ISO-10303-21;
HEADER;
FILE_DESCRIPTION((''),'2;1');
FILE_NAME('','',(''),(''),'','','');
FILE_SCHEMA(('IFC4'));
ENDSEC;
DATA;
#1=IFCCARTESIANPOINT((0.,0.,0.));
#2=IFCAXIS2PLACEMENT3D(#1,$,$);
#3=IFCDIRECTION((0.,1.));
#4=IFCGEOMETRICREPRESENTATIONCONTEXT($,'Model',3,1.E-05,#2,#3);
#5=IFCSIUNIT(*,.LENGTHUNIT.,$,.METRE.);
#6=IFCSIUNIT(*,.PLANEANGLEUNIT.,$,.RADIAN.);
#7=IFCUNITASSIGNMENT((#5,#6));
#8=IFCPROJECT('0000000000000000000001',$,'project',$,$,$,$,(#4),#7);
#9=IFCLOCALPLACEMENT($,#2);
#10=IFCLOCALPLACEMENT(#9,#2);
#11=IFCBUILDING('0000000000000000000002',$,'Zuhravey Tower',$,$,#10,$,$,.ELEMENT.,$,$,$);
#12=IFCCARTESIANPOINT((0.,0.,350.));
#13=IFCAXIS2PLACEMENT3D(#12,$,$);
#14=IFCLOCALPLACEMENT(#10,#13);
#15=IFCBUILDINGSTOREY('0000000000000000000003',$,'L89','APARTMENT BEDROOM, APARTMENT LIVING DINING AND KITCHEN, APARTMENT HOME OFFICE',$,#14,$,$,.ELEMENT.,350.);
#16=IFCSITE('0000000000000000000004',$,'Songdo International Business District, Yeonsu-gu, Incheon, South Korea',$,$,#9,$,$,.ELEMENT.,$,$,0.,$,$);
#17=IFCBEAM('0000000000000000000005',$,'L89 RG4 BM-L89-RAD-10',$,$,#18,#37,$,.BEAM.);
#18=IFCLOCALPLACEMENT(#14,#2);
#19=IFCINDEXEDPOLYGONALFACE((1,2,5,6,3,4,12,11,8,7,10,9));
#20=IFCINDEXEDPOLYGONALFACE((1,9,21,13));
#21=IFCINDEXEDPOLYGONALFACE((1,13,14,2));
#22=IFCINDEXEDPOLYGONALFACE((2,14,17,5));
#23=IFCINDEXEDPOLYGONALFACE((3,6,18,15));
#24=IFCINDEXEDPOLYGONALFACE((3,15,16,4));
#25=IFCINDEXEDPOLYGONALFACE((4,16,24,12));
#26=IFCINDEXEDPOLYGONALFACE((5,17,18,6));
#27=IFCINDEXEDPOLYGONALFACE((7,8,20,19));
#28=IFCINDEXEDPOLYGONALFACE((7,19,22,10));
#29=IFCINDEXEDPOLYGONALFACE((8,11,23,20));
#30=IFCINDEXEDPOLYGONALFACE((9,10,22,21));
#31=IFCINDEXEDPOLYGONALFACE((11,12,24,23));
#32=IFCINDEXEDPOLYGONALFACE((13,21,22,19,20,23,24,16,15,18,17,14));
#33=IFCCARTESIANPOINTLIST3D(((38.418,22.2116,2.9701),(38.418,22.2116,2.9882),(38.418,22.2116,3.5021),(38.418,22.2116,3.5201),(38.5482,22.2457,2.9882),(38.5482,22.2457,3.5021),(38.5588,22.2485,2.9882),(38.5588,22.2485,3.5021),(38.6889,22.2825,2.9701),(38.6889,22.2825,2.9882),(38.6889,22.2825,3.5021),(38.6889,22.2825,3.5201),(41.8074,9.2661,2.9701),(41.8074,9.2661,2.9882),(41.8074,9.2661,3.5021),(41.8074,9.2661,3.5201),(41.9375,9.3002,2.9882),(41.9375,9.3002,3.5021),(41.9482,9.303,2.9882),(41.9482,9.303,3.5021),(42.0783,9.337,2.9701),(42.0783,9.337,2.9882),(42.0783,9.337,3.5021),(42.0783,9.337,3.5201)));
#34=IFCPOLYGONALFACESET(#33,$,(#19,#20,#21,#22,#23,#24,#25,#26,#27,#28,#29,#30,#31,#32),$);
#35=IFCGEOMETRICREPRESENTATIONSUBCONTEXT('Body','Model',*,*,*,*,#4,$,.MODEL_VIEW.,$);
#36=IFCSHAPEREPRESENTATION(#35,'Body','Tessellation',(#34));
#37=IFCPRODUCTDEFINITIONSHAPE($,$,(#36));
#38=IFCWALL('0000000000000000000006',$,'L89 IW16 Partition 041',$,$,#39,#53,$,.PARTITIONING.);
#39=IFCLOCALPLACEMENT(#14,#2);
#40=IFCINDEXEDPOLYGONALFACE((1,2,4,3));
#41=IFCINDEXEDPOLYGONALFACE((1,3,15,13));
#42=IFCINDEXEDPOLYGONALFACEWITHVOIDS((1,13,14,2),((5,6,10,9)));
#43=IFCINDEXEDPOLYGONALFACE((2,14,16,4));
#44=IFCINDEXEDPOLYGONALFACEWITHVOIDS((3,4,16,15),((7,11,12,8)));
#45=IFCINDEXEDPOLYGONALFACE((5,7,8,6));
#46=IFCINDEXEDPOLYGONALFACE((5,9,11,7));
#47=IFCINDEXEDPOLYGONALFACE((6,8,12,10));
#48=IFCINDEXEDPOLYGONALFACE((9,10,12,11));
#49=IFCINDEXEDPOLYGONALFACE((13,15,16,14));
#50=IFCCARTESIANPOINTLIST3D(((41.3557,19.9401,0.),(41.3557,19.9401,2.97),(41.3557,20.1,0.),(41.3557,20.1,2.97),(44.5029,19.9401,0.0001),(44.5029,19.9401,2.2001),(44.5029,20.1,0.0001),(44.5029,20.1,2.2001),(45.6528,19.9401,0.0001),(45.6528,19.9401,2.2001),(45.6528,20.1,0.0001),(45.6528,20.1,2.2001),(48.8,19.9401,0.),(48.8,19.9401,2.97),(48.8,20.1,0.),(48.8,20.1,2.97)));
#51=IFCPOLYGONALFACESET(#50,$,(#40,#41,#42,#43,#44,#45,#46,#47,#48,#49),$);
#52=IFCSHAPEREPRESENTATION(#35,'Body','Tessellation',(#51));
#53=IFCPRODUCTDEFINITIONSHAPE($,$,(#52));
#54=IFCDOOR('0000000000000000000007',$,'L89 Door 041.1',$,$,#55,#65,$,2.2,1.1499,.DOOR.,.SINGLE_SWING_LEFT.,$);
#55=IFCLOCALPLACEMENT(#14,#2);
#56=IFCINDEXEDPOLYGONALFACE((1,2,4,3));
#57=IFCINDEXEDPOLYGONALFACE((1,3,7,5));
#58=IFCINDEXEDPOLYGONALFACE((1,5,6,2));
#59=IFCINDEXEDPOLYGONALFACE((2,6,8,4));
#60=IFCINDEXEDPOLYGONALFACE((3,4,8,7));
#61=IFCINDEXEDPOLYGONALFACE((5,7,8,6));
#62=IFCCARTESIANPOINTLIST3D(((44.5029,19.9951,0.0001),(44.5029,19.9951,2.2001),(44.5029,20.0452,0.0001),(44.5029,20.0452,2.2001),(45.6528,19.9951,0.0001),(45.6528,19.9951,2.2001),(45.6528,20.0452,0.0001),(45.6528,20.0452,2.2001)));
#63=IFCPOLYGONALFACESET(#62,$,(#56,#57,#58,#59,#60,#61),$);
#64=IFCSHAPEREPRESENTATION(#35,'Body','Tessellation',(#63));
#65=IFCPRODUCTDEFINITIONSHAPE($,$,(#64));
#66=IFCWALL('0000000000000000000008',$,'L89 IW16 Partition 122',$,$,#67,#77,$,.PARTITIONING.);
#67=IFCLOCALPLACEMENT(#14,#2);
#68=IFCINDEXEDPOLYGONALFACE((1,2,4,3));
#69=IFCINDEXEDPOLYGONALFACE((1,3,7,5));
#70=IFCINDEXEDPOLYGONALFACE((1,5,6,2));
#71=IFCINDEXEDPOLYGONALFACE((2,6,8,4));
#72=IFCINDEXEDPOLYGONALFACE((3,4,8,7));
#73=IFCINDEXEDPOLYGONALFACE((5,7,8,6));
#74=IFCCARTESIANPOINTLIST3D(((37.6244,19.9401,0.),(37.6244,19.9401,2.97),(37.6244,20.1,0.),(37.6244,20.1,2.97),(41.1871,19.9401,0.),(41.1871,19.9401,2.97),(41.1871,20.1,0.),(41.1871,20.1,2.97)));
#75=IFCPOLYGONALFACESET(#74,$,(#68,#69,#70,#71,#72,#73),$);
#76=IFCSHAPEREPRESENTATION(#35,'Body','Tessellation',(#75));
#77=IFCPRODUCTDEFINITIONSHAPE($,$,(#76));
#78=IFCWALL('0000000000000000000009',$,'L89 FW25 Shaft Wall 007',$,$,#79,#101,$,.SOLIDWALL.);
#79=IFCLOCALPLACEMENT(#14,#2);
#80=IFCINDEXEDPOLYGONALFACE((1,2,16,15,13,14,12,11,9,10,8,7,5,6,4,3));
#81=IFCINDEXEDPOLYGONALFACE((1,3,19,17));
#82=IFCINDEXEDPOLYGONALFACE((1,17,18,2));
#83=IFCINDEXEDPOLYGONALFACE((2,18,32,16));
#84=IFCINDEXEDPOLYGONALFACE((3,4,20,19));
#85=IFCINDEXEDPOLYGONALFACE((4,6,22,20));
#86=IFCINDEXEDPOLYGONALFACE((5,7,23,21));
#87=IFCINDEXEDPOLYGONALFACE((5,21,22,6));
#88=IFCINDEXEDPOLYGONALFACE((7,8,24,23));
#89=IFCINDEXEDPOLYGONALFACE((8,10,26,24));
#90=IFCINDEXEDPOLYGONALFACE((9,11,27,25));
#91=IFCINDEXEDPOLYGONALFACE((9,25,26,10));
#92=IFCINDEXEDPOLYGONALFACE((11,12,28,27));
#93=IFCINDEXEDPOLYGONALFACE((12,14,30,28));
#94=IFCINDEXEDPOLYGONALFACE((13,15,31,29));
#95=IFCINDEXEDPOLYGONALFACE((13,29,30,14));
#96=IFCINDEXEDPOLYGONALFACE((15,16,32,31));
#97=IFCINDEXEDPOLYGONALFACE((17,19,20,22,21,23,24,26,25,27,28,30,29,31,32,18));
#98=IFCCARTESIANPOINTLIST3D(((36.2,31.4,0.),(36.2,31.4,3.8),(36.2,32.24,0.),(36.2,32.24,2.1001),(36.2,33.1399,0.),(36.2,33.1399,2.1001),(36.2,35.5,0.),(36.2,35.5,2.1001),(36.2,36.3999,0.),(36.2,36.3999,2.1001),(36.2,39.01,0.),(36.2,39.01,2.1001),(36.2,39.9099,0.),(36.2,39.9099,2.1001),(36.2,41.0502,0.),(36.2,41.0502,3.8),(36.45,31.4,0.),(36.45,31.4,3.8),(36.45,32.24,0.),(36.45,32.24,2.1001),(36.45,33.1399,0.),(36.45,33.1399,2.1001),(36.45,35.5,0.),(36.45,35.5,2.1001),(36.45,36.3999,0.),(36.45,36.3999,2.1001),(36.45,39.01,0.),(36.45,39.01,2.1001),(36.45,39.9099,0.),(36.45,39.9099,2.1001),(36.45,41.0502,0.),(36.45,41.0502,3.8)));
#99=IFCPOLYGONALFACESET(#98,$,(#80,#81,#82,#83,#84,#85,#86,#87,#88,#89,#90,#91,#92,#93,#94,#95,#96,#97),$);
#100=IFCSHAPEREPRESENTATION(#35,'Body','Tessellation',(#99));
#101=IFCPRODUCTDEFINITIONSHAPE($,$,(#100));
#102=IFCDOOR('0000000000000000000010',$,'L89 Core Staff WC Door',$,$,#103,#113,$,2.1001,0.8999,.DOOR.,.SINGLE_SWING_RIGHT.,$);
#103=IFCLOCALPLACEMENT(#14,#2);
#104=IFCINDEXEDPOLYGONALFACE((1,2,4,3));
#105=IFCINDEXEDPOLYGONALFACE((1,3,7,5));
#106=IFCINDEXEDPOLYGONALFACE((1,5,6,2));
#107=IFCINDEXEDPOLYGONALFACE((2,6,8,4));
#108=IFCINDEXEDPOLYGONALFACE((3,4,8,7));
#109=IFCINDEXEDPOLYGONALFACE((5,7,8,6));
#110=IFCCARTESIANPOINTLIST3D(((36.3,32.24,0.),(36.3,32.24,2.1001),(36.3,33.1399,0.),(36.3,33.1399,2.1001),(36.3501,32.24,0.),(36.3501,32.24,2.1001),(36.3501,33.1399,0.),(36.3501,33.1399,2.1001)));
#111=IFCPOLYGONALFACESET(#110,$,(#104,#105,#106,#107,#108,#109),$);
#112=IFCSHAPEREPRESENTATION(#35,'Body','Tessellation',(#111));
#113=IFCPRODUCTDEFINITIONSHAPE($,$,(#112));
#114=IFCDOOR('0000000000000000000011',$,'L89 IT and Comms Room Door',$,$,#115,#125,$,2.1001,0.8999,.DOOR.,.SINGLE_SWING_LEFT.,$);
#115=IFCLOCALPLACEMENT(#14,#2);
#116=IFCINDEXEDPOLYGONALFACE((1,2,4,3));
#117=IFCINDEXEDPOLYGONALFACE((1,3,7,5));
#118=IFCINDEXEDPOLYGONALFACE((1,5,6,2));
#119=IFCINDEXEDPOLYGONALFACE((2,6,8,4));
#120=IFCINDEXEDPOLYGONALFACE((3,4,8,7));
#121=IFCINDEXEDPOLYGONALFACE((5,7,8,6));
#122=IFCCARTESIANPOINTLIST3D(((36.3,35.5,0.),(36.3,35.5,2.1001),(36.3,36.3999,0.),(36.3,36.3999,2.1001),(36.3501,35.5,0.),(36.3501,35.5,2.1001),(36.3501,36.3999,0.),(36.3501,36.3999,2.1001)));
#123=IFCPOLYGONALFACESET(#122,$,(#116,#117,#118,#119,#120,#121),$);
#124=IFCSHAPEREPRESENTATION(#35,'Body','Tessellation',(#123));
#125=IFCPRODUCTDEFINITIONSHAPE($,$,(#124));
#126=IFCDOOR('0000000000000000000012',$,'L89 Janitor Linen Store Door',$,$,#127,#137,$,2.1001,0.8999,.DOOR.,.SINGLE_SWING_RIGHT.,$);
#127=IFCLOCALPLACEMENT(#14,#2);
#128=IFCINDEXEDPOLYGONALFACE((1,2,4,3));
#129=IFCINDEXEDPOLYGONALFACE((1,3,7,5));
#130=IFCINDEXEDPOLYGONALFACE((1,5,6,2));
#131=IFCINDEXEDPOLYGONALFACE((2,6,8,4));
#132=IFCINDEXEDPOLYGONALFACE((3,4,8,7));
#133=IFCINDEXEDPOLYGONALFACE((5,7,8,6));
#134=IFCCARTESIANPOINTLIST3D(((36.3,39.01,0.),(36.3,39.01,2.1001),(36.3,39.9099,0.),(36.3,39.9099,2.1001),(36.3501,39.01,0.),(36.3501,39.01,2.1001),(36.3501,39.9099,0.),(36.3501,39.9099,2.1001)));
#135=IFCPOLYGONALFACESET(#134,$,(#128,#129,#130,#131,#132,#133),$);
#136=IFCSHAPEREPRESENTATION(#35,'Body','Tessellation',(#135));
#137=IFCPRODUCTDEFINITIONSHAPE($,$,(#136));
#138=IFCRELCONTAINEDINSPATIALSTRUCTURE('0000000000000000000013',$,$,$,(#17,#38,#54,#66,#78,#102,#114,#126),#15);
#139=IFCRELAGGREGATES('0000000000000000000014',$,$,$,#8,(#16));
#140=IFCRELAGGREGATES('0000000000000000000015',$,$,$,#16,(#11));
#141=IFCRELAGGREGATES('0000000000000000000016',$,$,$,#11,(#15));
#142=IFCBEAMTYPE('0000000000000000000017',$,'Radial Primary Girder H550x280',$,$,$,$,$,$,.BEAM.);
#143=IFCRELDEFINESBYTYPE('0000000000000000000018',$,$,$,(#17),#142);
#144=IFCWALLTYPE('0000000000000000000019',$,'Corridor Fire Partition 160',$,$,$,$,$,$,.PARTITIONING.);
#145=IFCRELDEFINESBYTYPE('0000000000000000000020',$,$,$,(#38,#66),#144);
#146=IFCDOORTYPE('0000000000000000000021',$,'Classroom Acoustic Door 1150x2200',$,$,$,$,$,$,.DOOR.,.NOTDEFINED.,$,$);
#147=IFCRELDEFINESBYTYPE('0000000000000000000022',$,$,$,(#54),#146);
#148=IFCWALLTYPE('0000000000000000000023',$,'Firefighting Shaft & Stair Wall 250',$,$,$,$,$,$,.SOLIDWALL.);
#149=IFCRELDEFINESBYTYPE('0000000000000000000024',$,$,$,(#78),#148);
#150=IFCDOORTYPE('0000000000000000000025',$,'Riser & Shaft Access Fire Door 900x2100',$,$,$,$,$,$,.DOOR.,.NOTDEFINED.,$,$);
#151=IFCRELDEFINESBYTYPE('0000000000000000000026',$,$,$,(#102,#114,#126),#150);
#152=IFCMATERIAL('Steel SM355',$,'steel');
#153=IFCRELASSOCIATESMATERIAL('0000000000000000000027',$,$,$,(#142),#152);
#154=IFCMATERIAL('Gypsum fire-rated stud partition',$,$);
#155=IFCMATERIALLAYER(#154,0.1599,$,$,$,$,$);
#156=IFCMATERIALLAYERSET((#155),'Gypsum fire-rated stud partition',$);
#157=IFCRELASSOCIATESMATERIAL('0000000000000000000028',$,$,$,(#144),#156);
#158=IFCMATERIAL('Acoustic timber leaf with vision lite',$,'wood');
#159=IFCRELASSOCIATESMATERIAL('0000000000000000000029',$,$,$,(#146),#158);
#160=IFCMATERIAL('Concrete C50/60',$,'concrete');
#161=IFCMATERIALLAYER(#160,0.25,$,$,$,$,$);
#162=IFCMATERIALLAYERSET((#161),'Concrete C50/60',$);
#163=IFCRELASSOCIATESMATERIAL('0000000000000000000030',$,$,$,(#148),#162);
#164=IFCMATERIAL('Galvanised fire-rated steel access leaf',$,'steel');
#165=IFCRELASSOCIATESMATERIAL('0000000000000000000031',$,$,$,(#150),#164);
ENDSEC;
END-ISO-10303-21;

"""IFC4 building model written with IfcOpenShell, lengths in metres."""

from ifc_helpers import new_model, si_unit, direction, frame, frame_2d, origin, origin_2d, place, context, subcontext, project, spatial, rectangle, i_section, extrude, material, layer, layer_set, material_profile, profile_set, type_object, element, fill, save


model = new_model("IFC4")

# Units and contexts
model_context = context("Model", 3, precision=1e-05, world=origin(), true_north=direction((0.0, 1.0)))
body_context = subcontext(model_context, "Body", "Model", "MODEL_VIEW")
ifc_project = project(units=[si_unit("LENGTHUNIT", "METRE"), si_unit("PLANEANGLEUNIT", "RADIAN")], contexts=[model_context])

# Site, building, storey
site_placement = place(None, origin())
site = spatial("IfcSite", under=ifc_project, at=site_placement, Name="Songdo International Business District, Yeonsu-gu, Incheon, South Korea", CompositionType="ELEMENT", RefElevation=0.0)
building_placement = place(site_placement, origin())
building = spatial("IfcBuilding", under=site, at=building_placement, Name="Zuhravey Tower", CompositionType="ELEMENT")
storey_placement = place(building_placement, frame((0.0, 0.0, 350.0)))
storey = spatial("IfcBuildingStorey", under=building, at=storey_placement, Name="L89", Description="APARTMENT BEDROOM, APARTMENT LIVING DINING AND KITCHEN, APARTMENT HOME OFFICE", CompositionType="ELEMENT", Elevation=350.0)

# Beam
ifc_material_1 = material(Name="Steel SM355", Category="steel")
ifc_material_profile = material_profile(ifc_material_1, i_section(OverallWidth=0.28, OverallDepth=0.55, WebThickness=0.011, FlangeThickness=0.0181, at=origin_2d()), Name="H-550x280x11x18")
ifc_profile_set = profile_set([ifc_material_profile], Name="Steel SM355")
beam_type = type_object("IfcBeamType", Name="Radial Primary Girder H550x280", PredefinedType="BEAM", material=ifc_profile_set)
beam_placement = place(storey_placement, frame((38.5535, 22.2471, 3.2451), z_axis=(0.253283, -0.967392, 0.0), x_axis=(0.967392, 0.253283, 0.0)))
element("IfcBeam", 1, at=beam_placement, inside=storey, type_object=beam_type, Name="L89 RG4 BM-L89-RAD-10", PredefinedType="BEAM", context=body_context, shape_type="SweptSolid", body=[
    extrude(i_section(OverallWidth=0.28, OverallDepth=0.55, WebThickness=0.011, FlangeThickness=0.0181, at=origin_2d()), origin(), (0.0, 0.0, 1.0), 13.3818),
])

# Wall, opening, door
ifc_material_2 = material(Name="Concrete C50/60", Category="concrete")
ifc_material_3 = material(Name="Gypsum fire-rated stud partition")
ifc_layer_1 = layer(ifc_material_3, 0.1599)
ifc_layer_set_1 = layer_set([ifc_layer_1], Name="Gypsum fire-rated stud partition")
wall_type_1 = type_object("IfcWallType", Name="Corridor Fire Partition 160", PredefinedType="PARTITIONING", material=ifc_layer_set_1)
wall_1_placement = place(storey_placement, frame((41.3557, 20.02, 0.0), z_axis=(0.0, 0.0, 1.0), x_axis=(1.0, 0.0, 0.0)))
wall_1 = element("IfcWall", 2, at=wall_1_placement, inside=storey, type_object=wall_type_1, Name="L89 IW16 Partition 041", PredefinedType="PARTITIONING", context=body_context, shape_type="SweptSolid", body=[
    extrude(rectangle(XDim=7.4443, YDim=0.1599, at=frame_2d((3.7222, 0.0))), origin(), (0.0, 0.0, 1.0), 2.97),
])
opening_1_placement = place(wall_1_placement, frame((3.1472, 0.0, 0.0)))
opening_1 = element("IfcOpeningElement", 3, at=opening_1_placement, cuts=wall_1, PredefinedType="OPENING", context=body_context, shape_type="SweptSolid", body=[
    extrude(rectangle(XDim=1.1499, YDim=2.2, at=frame_2d((0.575, 1.1001))), frame((0.0, 0.092, 0.0), z_axis=(0.0, -1.0, 0.0), x_axis=(1.0, 0.0, 0.0)), (0.0, 0.0, 1.0), 0.1838),
])
ifc_material_4 = material(Name="Acoustic timber leaf with vision lite", Category="wood")
door_type_1 = type_object("IfcDoorType", Name="Classroom Acoustic Door 1150x2200", OperationType="NOTDEFINED", PredefinedType="DOOR", material=ifc_material_4)
door_1_placement = place(opening_1_placement, frame((1.1499, 0.0, 0.0), z_axis=(0.0, 0.0, 1.0), x_axis=(-1.0, 0.0, 0.0)))
door_1 = element("IfcDoor", 4, at=door_1_placement, inside=storey, type_object=door_type_1, Name="L89 Door 041.1", OperationType="SINGLE_SWING_LEFT", OverallHeight=2.2, OverallWidth=1.1499, PredefinedType="DOOR", context=body_context, shape_type="SweptSolid", body=[
    extrude(rectangle(XDim=1.1499, YDim=2.2, at=frame_2d((0.575, 1.1001))), frame((0.0, 0.0249, 0.0), z_axis=(0.0, -1.0, 0.0), x_axis=(1.0, 0.0, 0.0)), (0.0, 0.0, 1.0), 0.05),
])
fill(opening_1, door_1)

# Wall
wall_2_placement = place(storey_placement, frame((37.6245, 20.02, 0.0), z_axis=(0.0, 0.0, 1.0), x_axis=(1.0, 0.0, 0.0)))
element("IfcWall", 5, at=wall_2_placement, inside=storey, type_object=wall_type_1, Name="L89 IW16 Partition 122", PredefinedType="PARTITIONING", context=body_context, shape_type="SweptSolid", body=[
    extrude(rectangle(XDim=3.5627, YDim=0.1599, at=frame_2d((1.7812, 0.0))), origin(), (0.0, 0.0, 1.0), 2.97),
])

# Wall, openings, doors
ifc_layer_2 = layer(ifc_material_2, 0.25)
ifc_layer_set_2 = layer_set([ifc_layer_2], Name="Concrete C50/60")
wall_type_2 = type_object("IfcWallType", Name="Firefighting Shaft & Stair Wall 250", PredefinedType="SOLIDWALL", material=ifc_layer_set_2)
wall_3_placement = place(storey_placement, frame((36.325, 31.3999, 0.0), z_axis=(0.0, 0.0, 1.0), x_axis=(0.0, 1.0, 0.0)))
wall_3 = element("IfcWall", 6, at=wall_3_placement, inside=storey, type_object=wall_type_2, Name="L89 FW25 Shaft Wall 007", PredefinedType="SOLIDWALL", context=body_context, shape_type="SweptSolid", body=[
    extrude(rectangle(XDim=9.6501, YDim=0.25, at=frame_2d((4.8252, 0.0))), origin(), (0.0, 0.0, 1.0), 3.8),
])
opening_2_placement = place(wall_3_placement, frame((0.8401, 0.0, 0.0)))
opening_2 = element("IfcOpeningElement", 7, at=opening_2_placement, cuts=wall_3, PredefinedType="OPENING", context=body_context, shape_type="SweptSolid", body=[
    extrude(rectangle(XDim=0.8999, YDim=2.1001, at=frame_2d((0.45, 1.05))), frame((0.0, 0.137, 0.0), z_axis=(0.0, -1.0, 0.0), x_axis=(1.0, 0.0, 0.0)), (0.0, 0.0, 1.0), 0.2739),
])
opening_3_placement = place(wall_3_placement, frame((4.1001, 0.0, 0.0)))
opening_3 = element("IfcOpeningElement", 8, at=opening_3_placement, cuts=wall_3, PredefinedType="OPENING", context=body_context, shape_type="SweptSolid", body=[
    extrude(rectangle(XDim=0.8999, YDim=2.1001, at=frame_2d((0.45, 1.05))), frame((0.0, 0.137, 0.0), z_axis=(0.0, -1.0, 0.0), x_axis=(1.0, 0.0, 0.0)), (0.0, 0.0, 1.0), 0.2739),
])
opening_4_placement = place(wall_3_placement, frame((7.6101, 0.0, 0.0)))
opening_4 = element("IfcOpeningElement", 9, at=opening_4_placement, cuts=wall_3, PredefinedType="OPENING", context=body_context, shape_type="SweptSolid", body=[
    extrude(rectangle(XDim=0.8999, YDim=2.1001, at=frame_2d((0.45, 1.05))), frame((0.0, 0.137, 0.0), z_axis=(0.0, -1.0, 0.0), x_axis=(1.0, 0.0, 0.0)), (0.0, 0.0, 1.0), 0.2739),
])
ifc_material_5 = material(Name="Galvanised fire-rated steel access leaf", Category="steel")
door_type_2 = type_object("IfcDoorType", Name="Riser & Shaft Access Fire Door 900x2100", OperationType="NOTDEFINED", PredefinedType="DOOR", material=ifc_material_5)
door_2_placement = place(opening_2_placement, origin())
door_2 = element("IfcDoor", 10, at=door_2_placement, inside=storey, type_object=door_type_2, Name="L89 Core Staff WC Door", OperationType="SINGLE_SWING_RIGHT", OverallHeight=2.1001, OverallWidth=0.8999, PredefinedType="DOOR", context=body_context, shape_type="SweptSolid", body=[
    extrude(rectangle(XDim=0.8999, YDim=2.1001, at=frame_2d((0.45, 1.05))), frame((0.0, 0.0249, 0.0), z_axis=(0.0, -1.0, 0.0), x_axis=(1.0, 0.0, 0.0)), (0.0, 0.0, 1.0), 0.05),
])
fill(opening_2, door_2)
door_3_placement = place(opening_3_placement, origin())
door_3 = element("IfcDoor", 11, at=door_3_placement, inside=storey, type_object=door_type_2, Name="L89 IT and Comms Room Door", OperationType="SINGLE_SWING_LEFT", OverallHeight=2.1001, OverallWidth=0.8999, PredefinedType="DOOR", context=body_context, shape_type="SweptSolid", body=[
    extrude(rectangle(XDim=0.8999, YDim=2.1001, at=frame_2d((0.45, 1.05))), frame((0.0, 0.0249, 0.0), z_axis=(0.0, -1.0, 0.0), x_axis=(1.0, 0.0, 0.0)), (0.0, 0.0, 1.0), 0.05),
])
fill(opening_3, door_3)
door_4_placement = place(opening_4_placement, origin())
door_4 = element("IfcDoor", 12, at=door_4_placement, inside=storey, type_object=door_type_2, Name="L89 Janitor Linen Store Door", OperationType="SINGLE_SWING_RIGHT", OverallHeight=2.1001, OverallWidth=0.8999, PredefinedType="DOOR", context=body_context, shape_type="SweptSolid", body=[
    extrude(rectangle(XDim=0.8999, YDim=2.1001, at=frame_2d((0.45, 1.05))), frame((0.0, 0.0249, 0.0), z_axis=(0.0, -1.0, 0.0), x_axis=(1.0, 0.0, 0.0)), (0.0, 0.0, 1.0), 0.05),
])
fill(opening_4, door_4)

save(model, "model.ifc")
